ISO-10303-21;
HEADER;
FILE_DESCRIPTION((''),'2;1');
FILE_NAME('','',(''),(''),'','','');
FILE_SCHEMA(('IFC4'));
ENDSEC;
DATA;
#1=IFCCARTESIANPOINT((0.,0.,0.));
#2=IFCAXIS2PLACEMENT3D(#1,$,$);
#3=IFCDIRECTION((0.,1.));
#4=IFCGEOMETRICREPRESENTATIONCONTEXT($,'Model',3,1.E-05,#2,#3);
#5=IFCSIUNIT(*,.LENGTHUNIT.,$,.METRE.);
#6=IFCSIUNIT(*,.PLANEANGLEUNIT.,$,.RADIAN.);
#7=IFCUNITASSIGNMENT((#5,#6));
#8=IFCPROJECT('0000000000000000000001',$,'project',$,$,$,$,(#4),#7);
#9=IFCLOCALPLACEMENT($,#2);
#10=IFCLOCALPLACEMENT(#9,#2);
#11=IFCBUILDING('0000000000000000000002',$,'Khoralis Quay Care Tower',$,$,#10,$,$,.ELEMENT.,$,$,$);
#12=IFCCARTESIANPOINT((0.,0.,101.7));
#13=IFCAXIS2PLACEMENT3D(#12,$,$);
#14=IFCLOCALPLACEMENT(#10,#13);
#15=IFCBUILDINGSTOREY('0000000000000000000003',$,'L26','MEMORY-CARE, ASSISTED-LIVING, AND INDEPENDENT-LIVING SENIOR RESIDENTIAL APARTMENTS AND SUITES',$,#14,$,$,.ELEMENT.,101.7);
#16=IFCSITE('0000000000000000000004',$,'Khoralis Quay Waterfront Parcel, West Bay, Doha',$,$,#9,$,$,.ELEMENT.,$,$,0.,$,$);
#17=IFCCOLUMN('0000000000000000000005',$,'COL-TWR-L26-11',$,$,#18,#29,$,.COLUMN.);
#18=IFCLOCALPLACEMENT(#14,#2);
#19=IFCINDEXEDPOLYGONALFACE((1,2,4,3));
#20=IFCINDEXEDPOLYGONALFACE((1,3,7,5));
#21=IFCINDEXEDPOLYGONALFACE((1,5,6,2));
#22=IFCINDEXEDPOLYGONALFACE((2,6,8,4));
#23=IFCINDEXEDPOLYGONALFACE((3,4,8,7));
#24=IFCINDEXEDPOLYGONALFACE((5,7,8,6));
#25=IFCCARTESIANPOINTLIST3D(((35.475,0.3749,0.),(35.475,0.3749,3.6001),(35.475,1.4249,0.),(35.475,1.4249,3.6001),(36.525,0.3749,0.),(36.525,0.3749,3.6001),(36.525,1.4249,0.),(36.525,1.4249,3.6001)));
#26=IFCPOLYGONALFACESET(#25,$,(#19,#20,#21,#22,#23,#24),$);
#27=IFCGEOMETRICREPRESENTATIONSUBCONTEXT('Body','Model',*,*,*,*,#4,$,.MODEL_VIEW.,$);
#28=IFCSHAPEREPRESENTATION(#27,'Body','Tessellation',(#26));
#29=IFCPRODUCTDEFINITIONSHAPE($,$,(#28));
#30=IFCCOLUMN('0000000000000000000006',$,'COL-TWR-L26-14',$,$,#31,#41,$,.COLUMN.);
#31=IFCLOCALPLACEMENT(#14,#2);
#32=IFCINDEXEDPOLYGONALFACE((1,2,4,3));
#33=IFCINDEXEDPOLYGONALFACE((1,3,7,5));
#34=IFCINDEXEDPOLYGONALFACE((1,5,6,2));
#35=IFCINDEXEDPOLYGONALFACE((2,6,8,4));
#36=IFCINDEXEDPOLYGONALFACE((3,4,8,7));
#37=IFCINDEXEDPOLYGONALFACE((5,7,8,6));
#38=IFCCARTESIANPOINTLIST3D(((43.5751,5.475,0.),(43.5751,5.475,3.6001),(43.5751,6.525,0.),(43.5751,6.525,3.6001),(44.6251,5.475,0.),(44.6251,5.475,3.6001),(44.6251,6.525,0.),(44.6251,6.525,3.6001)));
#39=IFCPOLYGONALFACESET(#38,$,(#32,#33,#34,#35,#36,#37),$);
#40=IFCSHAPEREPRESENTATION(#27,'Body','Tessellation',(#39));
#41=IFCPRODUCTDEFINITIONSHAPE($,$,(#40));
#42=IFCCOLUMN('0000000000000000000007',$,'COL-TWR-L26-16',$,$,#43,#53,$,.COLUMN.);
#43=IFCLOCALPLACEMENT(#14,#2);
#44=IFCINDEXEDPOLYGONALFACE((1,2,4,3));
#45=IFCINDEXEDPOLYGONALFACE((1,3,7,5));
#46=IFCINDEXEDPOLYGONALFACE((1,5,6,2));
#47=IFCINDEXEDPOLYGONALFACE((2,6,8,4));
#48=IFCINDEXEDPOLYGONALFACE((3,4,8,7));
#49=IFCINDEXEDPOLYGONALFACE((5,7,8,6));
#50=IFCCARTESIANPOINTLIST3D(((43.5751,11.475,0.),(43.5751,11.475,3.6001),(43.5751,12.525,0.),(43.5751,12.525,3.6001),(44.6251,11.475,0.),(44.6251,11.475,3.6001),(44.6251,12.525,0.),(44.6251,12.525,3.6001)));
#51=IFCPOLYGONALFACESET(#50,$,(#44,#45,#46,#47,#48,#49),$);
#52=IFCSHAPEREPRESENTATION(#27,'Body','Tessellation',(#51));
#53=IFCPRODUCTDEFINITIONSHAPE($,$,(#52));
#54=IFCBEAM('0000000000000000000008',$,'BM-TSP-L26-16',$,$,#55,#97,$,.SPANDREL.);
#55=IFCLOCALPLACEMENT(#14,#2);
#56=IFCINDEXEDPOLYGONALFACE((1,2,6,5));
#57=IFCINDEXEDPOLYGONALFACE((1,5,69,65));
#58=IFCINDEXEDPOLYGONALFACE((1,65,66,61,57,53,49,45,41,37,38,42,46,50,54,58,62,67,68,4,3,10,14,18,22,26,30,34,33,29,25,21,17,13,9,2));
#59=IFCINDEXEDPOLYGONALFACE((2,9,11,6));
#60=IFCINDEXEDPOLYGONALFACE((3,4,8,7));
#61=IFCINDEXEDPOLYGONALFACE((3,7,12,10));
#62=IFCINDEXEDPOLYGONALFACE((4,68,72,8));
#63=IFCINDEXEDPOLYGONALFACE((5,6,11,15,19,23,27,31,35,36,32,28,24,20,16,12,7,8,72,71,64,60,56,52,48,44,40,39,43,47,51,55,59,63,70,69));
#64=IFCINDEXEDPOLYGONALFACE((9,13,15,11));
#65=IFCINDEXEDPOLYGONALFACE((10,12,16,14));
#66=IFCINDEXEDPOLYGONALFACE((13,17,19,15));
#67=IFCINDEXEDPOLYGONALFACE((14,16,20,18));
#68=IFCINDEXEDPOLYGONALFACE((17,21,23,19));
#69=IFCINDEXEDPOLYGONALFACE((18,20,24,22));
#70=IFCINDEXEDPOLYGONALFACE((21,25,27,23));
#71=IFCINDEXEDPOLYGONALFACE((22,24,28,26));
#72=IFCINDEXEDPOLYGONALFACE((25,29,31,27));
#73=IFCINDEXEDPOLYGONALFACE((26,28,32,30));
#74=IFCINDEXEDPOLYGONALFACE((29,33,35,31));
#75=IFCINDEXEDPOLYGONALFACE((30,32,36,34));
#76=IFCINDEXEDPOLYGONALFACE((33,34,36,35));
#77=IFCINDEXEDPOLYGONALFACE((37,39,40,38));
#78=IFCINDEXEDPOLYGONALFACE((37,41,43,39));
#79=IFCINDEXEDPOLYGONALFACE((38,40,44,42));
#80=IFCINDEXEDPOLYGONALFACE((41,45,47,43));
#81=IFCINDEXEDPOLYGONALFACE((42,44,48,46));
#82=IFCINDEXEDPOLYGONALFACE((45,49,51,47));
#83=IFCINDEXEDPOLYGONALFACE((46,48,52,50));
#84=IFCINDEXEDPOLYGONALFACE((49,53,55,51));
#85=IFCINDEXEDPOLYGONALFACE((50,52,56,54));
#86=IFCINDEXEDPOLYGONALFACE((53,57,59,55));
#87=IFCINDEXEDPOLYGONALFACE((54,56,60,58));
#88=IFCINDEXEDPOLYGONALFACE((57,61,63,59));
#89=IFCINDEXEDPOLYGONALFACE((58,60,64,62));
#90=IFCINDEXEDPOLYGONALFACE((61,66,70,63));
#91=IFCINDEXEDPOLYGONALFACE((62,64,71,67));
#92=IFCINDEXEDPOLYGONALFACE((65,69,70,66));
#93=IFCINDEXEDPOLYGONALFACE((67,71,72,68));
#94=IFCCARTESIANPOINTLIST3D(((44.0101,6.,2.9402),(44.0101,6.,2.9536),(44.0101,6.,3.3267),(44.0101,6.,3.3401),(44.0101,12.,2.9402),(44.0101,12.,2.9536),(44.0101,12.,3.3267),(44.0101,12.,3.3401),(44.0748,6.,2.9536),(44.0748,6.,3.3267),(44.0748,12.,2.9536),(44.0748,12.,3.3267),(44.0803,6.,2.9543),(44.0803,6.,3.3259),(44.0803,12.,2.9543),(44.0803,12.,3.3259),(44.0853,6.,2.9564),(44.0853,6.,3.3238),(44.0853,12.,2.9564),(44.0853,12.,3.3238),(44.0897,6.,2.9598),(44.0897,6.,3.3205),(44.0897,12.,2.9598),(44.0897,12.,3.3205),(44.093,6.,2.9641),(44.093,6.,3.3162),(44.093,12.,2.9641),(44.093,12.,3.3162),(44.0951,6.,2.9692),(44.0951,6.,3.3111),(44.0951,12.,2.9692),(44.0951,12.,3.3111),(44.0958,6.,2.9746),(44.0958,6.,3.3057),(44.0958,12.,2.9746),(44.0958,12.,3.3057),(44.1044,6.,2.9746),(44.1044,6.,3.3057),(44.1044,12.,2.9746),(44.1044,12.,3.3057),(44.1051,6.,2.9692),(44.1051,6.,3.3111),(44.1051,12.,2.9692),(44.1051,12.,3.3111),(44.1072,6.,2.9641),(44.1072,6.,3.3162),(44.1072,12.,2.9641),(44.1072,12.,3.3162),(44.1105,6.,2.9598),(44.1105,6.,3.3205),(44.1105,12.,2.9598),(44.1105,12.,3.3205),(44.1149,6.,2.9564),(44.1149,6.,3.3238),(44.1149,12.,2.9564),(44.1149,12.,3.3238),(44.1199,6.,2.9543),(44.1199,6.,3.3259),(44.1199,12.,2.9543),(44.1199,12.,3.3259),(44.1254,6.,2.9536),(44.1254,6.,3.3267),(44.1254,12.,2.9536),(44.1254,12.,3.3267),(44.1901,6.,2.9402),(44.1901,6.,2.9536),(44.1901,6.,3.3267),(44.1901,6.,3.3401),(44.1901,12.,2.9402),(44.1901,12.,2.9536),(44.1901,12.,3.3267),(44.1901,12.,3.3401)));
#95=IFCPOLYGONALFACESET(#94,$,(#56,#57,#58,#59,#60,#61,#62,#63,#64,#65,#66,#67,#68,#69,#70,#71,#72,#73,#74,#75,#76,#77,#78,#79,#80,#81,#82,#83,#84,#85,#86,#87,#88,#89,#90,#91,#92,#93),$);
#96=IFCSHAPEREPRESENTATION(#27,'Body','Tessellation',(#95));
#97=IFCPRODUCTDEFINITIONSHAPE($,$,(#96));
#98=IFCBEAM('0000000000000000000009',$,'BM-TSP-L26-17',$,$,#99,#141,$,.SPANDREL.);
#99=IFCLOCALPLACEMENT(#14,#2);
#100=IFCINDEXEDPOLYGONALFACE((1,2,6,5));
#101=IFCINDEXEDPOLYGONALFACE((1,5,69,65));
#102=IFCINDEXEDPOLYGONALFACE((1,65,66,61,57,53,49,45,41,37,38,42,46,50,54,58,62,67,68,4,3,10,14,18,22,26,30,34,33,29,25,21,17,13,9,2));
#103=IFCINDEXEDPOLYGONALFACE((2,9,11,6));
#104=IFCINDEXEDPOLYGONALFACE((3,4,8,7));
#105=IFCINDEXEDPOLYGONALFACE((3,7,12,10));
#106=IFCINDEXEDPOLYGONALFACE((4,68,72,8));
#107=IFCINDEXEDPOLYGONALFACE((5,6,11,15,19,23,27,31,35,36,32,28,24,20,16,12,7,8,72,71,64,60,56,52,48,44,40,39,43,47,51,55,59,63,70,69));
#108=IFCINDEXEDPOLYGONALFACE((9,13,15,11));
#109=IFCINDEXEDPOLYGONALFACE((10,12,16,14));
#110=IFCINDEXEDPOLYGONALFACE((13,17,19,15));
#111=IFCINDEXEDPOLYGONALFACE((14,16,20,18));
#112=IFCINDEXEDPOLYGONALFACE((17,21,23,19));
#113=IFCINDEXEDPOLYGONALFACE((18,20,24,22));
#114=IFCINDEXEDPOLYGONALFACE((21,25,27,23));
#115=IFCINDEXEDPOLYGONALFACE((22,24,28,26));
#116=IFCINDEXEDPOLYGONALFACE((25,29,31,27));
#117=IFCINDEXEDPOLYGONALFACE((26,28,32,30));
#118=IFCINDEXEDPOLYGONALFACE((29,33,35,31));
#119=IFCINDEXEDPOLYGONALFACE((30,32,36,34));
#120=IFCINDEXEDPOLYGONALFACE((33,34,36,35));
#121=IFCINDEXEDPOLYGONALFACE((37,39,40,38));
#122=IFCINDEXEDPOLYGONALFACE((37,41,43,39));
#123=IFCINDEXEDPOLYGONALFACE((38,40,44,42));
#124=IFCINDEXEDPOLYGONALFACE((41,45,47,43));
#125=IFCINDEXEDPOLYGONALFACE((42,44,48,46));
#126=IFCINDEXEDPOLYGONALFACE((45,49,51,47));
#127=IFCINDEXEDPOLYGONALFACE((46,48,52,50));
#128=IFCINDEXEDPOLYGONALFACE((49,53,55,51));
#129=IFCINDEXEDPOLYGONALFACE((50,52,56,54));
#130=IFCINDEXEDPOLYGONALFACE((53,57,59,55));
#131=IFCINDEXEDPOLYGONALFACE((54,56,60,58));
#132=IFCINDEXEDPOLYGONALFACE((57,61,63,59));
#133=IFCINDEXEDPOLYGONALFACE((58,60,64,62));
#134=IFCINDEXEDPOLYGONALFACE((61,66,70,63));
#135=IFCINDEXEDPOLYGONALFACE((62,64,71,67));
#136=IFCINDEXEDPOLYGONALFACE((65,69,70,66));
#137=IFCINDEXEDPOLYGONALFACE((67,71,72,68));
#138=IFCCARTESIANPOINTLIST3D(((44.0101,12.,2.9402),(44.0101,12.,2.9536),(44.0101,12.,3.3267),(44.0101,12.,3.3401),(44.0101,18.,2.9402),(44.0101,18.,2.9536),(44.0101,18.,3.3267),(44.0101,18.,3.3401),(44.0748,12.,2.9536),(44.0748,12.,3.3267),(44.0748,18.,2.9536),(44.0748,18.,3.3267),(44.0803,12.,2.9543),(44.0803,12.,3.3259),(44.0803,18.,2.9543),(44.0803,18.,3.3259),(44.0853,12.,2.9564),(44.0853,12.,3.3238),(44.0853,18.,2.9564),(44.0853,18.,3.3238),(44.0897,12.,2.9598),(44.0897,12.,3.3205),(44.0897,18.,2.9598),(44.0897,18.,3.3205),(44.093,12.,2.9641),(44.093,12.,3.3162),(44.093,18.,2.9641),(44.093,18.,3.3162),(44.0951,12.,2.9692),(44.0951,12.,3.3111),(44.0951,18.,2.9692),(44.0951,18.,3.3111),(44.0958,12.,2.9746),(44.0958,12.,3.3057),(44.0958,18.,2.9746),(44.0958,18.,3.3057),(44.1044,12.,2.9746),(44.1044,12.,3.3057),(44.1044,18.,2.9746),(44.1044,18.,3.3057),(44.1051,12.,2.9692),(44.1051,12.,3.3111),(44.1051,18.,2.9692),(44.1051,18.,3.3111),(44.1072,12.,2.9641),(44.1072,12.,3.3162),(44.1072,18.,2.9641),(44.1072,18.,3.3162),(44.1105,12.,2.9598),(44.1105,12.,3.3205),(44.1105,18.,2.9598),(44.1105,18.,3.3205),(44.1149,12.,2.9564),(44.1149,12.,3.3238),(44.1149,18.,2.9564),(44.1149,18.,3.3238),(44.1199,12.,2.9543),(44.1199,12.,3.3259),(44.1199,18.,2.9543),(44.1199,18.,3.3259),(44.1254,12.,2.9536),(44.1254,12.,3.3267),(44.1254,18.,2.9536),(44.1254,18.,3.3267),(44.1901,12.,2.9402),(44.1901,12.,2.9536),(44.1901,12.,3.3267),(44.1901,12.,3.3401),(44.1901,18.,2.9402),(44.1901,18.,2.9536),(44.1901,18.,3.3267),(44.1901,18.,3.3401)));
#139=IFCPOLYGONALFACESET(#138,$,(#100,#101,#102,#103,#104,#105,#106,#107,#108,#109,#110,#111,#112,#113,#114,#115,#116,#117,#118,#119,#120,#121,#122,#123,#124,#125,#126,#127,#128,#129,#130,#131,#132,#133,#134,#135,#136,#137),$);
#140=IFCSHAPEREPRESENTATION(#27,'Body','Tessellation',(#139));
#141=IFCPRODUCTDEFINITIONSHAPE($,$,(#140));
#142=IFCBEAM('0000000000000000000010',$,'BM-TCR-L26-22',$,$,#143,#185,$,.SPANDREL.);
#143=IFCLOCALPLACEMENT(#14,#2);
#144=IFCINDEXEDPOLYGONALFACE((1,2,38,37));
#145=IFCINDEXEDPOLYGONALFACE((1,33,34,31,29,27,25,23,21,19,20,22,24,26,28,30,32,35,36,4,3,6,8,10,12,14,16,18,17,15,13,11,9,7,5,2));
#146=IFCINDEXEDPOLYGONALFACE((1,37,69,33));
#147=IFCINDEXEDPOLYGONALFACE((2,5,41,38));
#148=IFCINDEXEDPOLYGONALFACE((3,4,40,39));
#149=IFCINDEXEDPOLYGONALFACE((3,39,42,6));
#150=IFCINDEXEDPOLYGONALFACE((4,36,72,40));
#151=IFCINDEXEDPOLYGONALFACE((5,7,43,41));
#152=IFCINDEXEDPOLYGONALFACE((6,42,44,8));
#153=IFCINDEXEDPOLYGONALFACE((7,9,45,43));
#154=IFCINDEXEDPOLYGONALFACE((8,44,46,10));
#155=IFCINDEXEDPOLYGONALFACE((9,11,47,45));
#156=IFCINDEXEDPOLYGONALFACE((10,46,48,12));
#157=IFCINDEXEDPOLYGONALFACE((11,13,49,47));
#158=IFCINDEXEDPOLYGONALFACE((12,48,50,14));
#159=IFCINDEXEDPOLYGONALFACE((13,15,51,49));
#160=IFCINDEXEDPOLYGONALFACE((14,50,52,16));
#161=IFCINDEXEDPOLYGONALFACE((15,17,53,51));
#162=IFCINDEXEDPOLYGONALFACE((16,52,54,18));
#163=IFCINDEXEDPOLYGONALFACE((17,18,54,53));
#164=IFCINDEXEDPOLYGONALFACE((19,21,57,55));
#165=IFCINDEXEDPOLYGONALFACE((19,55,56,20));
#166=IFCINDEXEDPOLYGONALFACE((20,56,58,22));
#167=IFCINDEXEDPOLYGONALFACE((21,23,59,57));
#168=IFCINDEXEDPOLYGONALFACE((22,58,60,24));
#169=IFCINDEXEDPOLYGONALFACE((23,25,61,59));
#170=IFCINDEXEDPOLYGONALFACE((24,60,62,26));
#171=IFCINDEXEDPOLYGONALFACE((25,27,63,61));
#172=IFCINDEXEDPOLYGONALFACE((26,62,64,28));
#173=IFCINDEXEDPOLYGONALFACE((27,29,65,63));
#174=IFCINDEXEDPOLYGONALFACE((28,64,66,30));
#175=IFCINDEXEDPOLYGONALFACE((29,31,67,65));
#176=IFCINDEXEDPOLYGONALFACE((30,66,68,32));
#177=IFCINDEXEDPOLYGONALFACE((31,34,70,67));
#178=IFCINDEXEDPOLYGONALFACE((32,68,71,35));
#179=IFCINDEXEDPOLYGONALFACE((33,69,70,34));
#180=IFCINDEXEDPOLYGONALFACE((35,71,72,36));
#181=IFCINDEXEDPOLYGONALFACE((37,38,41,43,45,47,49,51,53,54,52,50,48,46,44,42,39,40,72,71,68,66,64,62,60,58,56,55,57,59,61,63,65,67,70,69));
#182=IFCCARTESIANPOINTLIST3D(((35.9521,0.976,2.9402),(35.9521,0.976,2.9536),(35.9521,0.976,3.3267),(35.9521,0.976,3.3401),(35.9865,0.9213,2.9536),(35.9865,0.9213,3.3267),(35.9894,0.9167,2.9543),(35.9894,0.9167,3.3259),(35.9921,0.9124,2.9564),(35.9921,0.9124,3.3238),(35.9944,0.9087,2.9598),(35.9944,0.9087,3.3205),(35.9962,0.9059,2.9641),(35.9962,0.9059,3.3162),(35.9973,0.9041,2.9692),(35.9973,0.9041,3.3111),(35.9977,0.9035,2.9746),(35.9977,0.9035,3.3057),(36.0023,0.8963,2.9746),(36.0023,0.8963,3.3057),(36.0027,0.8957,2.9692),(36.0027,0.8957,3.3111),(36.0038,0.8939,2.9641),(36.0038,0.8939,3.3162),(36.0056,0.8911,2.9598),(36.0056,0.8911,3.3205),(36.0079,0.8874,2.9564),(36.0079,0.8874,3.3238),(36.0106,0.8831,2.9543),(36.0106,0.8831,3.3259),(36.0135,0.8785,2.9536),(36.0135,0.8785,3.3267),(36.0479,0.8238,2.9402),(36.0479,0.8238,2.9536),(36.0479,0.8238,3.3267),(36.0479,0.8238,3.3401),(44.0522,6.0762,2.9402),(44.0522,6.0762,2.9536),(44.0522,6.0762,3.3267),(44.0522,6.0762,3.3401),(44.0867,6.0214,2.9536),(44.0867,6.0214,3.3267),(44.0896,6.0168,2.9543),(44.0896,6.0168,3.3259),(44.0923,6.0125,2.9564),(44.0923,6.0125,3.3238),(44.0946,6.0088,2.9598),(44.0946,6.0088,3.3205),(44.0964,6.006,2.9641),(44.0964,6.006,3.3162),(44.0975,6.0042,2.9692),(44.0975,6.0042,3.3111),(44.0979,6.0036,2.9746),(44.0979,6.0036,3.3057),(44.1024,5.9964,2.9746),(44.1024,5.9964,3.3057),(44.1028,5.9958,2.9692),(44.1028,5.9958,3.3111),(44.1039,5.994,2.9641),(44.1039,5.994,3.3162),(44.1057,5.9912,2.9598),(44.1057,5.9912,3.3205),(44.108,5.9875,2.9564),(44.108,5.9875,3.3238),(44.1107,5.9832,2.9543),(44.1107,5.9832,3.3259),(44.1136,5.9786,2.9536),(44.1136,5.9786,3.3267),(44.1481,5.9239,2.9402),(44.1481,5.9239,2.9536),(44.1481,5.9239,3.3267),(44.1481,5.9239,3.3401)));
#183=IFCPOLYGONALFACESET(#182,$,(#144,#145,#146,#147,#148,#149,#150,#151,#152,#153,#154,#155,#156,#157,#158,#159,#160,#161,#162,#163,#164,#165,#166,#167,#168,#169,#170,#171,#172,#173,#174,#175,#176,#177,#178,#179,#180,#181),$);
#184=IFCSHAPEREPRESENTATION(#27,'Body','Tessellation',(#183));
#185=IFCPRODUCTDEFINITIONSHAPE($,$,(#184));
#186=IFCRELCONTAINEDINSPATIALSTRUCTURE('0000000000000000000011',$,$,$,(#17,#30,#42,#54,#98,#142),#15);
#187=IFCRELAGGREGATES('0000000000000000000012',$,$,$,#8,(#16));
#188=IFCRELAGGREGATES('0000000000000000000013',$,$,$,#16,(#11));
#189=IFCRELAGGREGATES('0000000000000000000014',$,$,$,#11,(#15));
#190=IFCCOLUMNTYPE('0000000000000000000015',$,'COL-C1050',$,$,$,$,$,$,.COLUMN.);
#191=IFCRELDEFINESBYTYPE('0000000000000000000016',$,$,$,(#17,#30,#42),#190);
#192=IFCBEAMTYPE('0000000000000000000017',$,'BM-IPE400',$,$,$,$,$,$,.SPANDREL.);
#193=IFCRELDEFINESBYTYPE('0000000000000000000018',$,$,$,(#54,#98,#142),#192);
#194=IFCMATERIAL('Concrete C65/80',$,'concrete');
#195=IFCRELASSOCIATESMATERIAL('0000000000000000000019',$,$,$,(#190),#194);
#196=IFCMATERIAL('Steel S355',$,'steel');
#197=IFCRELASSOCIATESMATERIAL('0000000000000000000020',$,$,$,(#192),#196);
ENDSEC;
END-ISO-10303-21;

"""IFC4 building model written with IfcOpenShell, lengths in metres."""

from ifc_helpers import new_model, si_unit, direction, frame, origin, origin_2d, place, context, subcontext, project, spatial, rectangle, i_section, extrude, source, transform, mapped, material, material_profile, profile_set, type_object, element, save


model = new_model("IFC4")

# Units and contexts
model_context = context("Model", 3, precision=1e-05, world=origin(), true_north=direction((0.0, 1.0)))
body_context = subcontext(model_context, "Body", "Model", "MODEL_VIEW")
ifc_project = project(units=[si_unit("LENGTHUNIT", "METRE"), si_unit("PLANEANGLEUNIT", "RADIAN")], contexts=[model_context])

# Site, building, storey
site_placement = place(None, origin())
site = spatial("IfcSite", under=ifc_project, at=site_placement, Name="Khoralis Quay Waterfront Parcel, West Bay, Doha", CompositionType="ELEMENT", RefElevation=0.0)
building_placement = place(site_placement, origin())
building = spatial("IfcBuilding", under=site, at=building_placement, Name="Khoralis Quay Care Tower", CompositionType="ELEMENT")
storey_placement = place(building_placement, frame((0.0, 0.0, 101.7)))
storey = spatial("IfcBuildingStorey", under=building, at=storey_placement, Name="L26", Description="MEMORY-CARE, ASSISTED-LIVING, AND INDEPENDENT-LIVING SENIOR RESIDENTIAL APARTMENTS AND SUITES", CompositionType="ELEMENT", Elevation=101.7)

# Columns
ifc_material_1 = material(Name="Concrete C65/80", Category="concrete")
ifc_material_profile_1 = material_profile(ifc_material_1, rectangle(XDim=1.05, YDim=1.05, at=origin_2d()), Name="Concrete C65/80")
ifc_profile_set_1 = profile_set([ifc_material_profile_1], Name="Concrete C65/80")
column_type = type_object("IfcColumnType", Name="COL-C1050", PredefinedType="COLUMN", material=ifc_profile_set_1)
shared_shape_1 = source(origin(), body_context, "Body", "SweptSolid", [
    extrude(rectangle(XDim=1.05, YDim=1.05, at=origin_2d()), origin(), (0.0, 0.0, 1.0), 3.6001),
])
for number, where, z_axis, x_axis, name in (
    (1, (36.0, 0.8999, 0.0), (0.0, 0.0, 1.0), (1.0, 0.0, 0.0), "COL-TWR-L26-11"),
    (2, (44.1001, 6.0, 0.0), (0.0, 0.0, 1.0), (1.0, 0.0, 0.0), "COL-TWR-L26-14"),
    (3, (44.1001, 12.0, 0.0), (0.0, 0.0, 1.0), (1.0, 0.0, 0.0), "COL-TWR-L26-16"),
):
    element("IfcColumn", number, at=place(storey_placement, frame(where, z_axis=z_axis, x_axis=x_axis)), inside=storey, type_object=column_type, Name=name, PredefinedType="COLUMN", context=body_context, shape_type="MappedRepresentation", body=[
        mapped(shared_shape_1, transform((0.0, 0.0, 0.0), scale=1.0)),
    ])

# Beams
ifc_material_2 = material(Name="Steel S355", Category="steel")
ifc_material_profile_2 = material_profile(ifc_material_2, i_section(OverallWidth=0.1799, OverallDepth=0.3999, WebThickness=0.0085, FlangeThickness=0.0134, FilletRadius=0.021, at=origin_2d()), Name="Steel S355")
ifc_profile_set_2 = profile_set([ifc_material_profile_2], Name="Steel S355")
beam_type_1 = type_object("IfcBeamType", Name="BM-IPE400", PredefinedType="SPANDREL", material=ifc_profile_set_2)
shared_shape_2 = source(origin(), body_context, "Body", "SweptSolid", [
    extrude(i_section(OverallWidth=0.1799, OverallDepth=0.3999, WebThickness=0.0085, FlangeThickness=0.0134, FilletRadius=0.021, at=origin_2d()), origin(), (0.0, 0.0, 1.0), 6.0),
])
for number, where, z_axis, x_axis, name in (
    (4, (44.1001, 6.0, 3.1401), (0.0, 1.0, 0.0), (-1.0, 0.0, 0.0), "BM-TSP-L26-16"),
    (5, (44.1001, 12.0, 3.1401), (0.0, 1.0, 0.0), (-1.0, 0.0, 0.0), "BM-TSP-L26-17"),
):
    element("IfcBeam", number, at=place(storey_placement, frame(where, z_axis=z_axis, x_axis=x_axis)), inside=storey, type_object=beam_type_1, Name=name, PredefinedType="SPANDREL", context=body_context, shape_type="MappedRepresentation", body=[
        mapped(shared_shape_2, transform((0.0, 0.0, 0.0), scale=1.0)),
    ])
shared_shape_3 = source(origin(), body_context, "Body", "SweptSolid", [
    extrude(i_section(OverallWidth=0.1799, OverallDepth=0.3999, WebThickness=0.0085, FlangeThickness=0.0134, FilletRadius=0.021, at=origin_2d()), origin(), (0.0, 0.0, 1.0), 9.572),
])
beam_1_placement = place(storey_placement, frame((36.0, 0.8999, 3.1401), z_axis=(0.846231, 0.532816, 0.0), x_axis=(-0.532816, 0.846231, 0.0)))
element("IfcBeam", 6, at=beam_1_placement, inside=storey, type_object=beam_type_1, Name="BM-TCR-L26-22", PredefinedType="SPANDREL", context=body_context, shape_type="MappedRepresentation", body=[
    mapped(shared_shape_3, transform((0.0, 0.0, 0.0), scale=1.0)),
])

save(model, "model.ifc")
